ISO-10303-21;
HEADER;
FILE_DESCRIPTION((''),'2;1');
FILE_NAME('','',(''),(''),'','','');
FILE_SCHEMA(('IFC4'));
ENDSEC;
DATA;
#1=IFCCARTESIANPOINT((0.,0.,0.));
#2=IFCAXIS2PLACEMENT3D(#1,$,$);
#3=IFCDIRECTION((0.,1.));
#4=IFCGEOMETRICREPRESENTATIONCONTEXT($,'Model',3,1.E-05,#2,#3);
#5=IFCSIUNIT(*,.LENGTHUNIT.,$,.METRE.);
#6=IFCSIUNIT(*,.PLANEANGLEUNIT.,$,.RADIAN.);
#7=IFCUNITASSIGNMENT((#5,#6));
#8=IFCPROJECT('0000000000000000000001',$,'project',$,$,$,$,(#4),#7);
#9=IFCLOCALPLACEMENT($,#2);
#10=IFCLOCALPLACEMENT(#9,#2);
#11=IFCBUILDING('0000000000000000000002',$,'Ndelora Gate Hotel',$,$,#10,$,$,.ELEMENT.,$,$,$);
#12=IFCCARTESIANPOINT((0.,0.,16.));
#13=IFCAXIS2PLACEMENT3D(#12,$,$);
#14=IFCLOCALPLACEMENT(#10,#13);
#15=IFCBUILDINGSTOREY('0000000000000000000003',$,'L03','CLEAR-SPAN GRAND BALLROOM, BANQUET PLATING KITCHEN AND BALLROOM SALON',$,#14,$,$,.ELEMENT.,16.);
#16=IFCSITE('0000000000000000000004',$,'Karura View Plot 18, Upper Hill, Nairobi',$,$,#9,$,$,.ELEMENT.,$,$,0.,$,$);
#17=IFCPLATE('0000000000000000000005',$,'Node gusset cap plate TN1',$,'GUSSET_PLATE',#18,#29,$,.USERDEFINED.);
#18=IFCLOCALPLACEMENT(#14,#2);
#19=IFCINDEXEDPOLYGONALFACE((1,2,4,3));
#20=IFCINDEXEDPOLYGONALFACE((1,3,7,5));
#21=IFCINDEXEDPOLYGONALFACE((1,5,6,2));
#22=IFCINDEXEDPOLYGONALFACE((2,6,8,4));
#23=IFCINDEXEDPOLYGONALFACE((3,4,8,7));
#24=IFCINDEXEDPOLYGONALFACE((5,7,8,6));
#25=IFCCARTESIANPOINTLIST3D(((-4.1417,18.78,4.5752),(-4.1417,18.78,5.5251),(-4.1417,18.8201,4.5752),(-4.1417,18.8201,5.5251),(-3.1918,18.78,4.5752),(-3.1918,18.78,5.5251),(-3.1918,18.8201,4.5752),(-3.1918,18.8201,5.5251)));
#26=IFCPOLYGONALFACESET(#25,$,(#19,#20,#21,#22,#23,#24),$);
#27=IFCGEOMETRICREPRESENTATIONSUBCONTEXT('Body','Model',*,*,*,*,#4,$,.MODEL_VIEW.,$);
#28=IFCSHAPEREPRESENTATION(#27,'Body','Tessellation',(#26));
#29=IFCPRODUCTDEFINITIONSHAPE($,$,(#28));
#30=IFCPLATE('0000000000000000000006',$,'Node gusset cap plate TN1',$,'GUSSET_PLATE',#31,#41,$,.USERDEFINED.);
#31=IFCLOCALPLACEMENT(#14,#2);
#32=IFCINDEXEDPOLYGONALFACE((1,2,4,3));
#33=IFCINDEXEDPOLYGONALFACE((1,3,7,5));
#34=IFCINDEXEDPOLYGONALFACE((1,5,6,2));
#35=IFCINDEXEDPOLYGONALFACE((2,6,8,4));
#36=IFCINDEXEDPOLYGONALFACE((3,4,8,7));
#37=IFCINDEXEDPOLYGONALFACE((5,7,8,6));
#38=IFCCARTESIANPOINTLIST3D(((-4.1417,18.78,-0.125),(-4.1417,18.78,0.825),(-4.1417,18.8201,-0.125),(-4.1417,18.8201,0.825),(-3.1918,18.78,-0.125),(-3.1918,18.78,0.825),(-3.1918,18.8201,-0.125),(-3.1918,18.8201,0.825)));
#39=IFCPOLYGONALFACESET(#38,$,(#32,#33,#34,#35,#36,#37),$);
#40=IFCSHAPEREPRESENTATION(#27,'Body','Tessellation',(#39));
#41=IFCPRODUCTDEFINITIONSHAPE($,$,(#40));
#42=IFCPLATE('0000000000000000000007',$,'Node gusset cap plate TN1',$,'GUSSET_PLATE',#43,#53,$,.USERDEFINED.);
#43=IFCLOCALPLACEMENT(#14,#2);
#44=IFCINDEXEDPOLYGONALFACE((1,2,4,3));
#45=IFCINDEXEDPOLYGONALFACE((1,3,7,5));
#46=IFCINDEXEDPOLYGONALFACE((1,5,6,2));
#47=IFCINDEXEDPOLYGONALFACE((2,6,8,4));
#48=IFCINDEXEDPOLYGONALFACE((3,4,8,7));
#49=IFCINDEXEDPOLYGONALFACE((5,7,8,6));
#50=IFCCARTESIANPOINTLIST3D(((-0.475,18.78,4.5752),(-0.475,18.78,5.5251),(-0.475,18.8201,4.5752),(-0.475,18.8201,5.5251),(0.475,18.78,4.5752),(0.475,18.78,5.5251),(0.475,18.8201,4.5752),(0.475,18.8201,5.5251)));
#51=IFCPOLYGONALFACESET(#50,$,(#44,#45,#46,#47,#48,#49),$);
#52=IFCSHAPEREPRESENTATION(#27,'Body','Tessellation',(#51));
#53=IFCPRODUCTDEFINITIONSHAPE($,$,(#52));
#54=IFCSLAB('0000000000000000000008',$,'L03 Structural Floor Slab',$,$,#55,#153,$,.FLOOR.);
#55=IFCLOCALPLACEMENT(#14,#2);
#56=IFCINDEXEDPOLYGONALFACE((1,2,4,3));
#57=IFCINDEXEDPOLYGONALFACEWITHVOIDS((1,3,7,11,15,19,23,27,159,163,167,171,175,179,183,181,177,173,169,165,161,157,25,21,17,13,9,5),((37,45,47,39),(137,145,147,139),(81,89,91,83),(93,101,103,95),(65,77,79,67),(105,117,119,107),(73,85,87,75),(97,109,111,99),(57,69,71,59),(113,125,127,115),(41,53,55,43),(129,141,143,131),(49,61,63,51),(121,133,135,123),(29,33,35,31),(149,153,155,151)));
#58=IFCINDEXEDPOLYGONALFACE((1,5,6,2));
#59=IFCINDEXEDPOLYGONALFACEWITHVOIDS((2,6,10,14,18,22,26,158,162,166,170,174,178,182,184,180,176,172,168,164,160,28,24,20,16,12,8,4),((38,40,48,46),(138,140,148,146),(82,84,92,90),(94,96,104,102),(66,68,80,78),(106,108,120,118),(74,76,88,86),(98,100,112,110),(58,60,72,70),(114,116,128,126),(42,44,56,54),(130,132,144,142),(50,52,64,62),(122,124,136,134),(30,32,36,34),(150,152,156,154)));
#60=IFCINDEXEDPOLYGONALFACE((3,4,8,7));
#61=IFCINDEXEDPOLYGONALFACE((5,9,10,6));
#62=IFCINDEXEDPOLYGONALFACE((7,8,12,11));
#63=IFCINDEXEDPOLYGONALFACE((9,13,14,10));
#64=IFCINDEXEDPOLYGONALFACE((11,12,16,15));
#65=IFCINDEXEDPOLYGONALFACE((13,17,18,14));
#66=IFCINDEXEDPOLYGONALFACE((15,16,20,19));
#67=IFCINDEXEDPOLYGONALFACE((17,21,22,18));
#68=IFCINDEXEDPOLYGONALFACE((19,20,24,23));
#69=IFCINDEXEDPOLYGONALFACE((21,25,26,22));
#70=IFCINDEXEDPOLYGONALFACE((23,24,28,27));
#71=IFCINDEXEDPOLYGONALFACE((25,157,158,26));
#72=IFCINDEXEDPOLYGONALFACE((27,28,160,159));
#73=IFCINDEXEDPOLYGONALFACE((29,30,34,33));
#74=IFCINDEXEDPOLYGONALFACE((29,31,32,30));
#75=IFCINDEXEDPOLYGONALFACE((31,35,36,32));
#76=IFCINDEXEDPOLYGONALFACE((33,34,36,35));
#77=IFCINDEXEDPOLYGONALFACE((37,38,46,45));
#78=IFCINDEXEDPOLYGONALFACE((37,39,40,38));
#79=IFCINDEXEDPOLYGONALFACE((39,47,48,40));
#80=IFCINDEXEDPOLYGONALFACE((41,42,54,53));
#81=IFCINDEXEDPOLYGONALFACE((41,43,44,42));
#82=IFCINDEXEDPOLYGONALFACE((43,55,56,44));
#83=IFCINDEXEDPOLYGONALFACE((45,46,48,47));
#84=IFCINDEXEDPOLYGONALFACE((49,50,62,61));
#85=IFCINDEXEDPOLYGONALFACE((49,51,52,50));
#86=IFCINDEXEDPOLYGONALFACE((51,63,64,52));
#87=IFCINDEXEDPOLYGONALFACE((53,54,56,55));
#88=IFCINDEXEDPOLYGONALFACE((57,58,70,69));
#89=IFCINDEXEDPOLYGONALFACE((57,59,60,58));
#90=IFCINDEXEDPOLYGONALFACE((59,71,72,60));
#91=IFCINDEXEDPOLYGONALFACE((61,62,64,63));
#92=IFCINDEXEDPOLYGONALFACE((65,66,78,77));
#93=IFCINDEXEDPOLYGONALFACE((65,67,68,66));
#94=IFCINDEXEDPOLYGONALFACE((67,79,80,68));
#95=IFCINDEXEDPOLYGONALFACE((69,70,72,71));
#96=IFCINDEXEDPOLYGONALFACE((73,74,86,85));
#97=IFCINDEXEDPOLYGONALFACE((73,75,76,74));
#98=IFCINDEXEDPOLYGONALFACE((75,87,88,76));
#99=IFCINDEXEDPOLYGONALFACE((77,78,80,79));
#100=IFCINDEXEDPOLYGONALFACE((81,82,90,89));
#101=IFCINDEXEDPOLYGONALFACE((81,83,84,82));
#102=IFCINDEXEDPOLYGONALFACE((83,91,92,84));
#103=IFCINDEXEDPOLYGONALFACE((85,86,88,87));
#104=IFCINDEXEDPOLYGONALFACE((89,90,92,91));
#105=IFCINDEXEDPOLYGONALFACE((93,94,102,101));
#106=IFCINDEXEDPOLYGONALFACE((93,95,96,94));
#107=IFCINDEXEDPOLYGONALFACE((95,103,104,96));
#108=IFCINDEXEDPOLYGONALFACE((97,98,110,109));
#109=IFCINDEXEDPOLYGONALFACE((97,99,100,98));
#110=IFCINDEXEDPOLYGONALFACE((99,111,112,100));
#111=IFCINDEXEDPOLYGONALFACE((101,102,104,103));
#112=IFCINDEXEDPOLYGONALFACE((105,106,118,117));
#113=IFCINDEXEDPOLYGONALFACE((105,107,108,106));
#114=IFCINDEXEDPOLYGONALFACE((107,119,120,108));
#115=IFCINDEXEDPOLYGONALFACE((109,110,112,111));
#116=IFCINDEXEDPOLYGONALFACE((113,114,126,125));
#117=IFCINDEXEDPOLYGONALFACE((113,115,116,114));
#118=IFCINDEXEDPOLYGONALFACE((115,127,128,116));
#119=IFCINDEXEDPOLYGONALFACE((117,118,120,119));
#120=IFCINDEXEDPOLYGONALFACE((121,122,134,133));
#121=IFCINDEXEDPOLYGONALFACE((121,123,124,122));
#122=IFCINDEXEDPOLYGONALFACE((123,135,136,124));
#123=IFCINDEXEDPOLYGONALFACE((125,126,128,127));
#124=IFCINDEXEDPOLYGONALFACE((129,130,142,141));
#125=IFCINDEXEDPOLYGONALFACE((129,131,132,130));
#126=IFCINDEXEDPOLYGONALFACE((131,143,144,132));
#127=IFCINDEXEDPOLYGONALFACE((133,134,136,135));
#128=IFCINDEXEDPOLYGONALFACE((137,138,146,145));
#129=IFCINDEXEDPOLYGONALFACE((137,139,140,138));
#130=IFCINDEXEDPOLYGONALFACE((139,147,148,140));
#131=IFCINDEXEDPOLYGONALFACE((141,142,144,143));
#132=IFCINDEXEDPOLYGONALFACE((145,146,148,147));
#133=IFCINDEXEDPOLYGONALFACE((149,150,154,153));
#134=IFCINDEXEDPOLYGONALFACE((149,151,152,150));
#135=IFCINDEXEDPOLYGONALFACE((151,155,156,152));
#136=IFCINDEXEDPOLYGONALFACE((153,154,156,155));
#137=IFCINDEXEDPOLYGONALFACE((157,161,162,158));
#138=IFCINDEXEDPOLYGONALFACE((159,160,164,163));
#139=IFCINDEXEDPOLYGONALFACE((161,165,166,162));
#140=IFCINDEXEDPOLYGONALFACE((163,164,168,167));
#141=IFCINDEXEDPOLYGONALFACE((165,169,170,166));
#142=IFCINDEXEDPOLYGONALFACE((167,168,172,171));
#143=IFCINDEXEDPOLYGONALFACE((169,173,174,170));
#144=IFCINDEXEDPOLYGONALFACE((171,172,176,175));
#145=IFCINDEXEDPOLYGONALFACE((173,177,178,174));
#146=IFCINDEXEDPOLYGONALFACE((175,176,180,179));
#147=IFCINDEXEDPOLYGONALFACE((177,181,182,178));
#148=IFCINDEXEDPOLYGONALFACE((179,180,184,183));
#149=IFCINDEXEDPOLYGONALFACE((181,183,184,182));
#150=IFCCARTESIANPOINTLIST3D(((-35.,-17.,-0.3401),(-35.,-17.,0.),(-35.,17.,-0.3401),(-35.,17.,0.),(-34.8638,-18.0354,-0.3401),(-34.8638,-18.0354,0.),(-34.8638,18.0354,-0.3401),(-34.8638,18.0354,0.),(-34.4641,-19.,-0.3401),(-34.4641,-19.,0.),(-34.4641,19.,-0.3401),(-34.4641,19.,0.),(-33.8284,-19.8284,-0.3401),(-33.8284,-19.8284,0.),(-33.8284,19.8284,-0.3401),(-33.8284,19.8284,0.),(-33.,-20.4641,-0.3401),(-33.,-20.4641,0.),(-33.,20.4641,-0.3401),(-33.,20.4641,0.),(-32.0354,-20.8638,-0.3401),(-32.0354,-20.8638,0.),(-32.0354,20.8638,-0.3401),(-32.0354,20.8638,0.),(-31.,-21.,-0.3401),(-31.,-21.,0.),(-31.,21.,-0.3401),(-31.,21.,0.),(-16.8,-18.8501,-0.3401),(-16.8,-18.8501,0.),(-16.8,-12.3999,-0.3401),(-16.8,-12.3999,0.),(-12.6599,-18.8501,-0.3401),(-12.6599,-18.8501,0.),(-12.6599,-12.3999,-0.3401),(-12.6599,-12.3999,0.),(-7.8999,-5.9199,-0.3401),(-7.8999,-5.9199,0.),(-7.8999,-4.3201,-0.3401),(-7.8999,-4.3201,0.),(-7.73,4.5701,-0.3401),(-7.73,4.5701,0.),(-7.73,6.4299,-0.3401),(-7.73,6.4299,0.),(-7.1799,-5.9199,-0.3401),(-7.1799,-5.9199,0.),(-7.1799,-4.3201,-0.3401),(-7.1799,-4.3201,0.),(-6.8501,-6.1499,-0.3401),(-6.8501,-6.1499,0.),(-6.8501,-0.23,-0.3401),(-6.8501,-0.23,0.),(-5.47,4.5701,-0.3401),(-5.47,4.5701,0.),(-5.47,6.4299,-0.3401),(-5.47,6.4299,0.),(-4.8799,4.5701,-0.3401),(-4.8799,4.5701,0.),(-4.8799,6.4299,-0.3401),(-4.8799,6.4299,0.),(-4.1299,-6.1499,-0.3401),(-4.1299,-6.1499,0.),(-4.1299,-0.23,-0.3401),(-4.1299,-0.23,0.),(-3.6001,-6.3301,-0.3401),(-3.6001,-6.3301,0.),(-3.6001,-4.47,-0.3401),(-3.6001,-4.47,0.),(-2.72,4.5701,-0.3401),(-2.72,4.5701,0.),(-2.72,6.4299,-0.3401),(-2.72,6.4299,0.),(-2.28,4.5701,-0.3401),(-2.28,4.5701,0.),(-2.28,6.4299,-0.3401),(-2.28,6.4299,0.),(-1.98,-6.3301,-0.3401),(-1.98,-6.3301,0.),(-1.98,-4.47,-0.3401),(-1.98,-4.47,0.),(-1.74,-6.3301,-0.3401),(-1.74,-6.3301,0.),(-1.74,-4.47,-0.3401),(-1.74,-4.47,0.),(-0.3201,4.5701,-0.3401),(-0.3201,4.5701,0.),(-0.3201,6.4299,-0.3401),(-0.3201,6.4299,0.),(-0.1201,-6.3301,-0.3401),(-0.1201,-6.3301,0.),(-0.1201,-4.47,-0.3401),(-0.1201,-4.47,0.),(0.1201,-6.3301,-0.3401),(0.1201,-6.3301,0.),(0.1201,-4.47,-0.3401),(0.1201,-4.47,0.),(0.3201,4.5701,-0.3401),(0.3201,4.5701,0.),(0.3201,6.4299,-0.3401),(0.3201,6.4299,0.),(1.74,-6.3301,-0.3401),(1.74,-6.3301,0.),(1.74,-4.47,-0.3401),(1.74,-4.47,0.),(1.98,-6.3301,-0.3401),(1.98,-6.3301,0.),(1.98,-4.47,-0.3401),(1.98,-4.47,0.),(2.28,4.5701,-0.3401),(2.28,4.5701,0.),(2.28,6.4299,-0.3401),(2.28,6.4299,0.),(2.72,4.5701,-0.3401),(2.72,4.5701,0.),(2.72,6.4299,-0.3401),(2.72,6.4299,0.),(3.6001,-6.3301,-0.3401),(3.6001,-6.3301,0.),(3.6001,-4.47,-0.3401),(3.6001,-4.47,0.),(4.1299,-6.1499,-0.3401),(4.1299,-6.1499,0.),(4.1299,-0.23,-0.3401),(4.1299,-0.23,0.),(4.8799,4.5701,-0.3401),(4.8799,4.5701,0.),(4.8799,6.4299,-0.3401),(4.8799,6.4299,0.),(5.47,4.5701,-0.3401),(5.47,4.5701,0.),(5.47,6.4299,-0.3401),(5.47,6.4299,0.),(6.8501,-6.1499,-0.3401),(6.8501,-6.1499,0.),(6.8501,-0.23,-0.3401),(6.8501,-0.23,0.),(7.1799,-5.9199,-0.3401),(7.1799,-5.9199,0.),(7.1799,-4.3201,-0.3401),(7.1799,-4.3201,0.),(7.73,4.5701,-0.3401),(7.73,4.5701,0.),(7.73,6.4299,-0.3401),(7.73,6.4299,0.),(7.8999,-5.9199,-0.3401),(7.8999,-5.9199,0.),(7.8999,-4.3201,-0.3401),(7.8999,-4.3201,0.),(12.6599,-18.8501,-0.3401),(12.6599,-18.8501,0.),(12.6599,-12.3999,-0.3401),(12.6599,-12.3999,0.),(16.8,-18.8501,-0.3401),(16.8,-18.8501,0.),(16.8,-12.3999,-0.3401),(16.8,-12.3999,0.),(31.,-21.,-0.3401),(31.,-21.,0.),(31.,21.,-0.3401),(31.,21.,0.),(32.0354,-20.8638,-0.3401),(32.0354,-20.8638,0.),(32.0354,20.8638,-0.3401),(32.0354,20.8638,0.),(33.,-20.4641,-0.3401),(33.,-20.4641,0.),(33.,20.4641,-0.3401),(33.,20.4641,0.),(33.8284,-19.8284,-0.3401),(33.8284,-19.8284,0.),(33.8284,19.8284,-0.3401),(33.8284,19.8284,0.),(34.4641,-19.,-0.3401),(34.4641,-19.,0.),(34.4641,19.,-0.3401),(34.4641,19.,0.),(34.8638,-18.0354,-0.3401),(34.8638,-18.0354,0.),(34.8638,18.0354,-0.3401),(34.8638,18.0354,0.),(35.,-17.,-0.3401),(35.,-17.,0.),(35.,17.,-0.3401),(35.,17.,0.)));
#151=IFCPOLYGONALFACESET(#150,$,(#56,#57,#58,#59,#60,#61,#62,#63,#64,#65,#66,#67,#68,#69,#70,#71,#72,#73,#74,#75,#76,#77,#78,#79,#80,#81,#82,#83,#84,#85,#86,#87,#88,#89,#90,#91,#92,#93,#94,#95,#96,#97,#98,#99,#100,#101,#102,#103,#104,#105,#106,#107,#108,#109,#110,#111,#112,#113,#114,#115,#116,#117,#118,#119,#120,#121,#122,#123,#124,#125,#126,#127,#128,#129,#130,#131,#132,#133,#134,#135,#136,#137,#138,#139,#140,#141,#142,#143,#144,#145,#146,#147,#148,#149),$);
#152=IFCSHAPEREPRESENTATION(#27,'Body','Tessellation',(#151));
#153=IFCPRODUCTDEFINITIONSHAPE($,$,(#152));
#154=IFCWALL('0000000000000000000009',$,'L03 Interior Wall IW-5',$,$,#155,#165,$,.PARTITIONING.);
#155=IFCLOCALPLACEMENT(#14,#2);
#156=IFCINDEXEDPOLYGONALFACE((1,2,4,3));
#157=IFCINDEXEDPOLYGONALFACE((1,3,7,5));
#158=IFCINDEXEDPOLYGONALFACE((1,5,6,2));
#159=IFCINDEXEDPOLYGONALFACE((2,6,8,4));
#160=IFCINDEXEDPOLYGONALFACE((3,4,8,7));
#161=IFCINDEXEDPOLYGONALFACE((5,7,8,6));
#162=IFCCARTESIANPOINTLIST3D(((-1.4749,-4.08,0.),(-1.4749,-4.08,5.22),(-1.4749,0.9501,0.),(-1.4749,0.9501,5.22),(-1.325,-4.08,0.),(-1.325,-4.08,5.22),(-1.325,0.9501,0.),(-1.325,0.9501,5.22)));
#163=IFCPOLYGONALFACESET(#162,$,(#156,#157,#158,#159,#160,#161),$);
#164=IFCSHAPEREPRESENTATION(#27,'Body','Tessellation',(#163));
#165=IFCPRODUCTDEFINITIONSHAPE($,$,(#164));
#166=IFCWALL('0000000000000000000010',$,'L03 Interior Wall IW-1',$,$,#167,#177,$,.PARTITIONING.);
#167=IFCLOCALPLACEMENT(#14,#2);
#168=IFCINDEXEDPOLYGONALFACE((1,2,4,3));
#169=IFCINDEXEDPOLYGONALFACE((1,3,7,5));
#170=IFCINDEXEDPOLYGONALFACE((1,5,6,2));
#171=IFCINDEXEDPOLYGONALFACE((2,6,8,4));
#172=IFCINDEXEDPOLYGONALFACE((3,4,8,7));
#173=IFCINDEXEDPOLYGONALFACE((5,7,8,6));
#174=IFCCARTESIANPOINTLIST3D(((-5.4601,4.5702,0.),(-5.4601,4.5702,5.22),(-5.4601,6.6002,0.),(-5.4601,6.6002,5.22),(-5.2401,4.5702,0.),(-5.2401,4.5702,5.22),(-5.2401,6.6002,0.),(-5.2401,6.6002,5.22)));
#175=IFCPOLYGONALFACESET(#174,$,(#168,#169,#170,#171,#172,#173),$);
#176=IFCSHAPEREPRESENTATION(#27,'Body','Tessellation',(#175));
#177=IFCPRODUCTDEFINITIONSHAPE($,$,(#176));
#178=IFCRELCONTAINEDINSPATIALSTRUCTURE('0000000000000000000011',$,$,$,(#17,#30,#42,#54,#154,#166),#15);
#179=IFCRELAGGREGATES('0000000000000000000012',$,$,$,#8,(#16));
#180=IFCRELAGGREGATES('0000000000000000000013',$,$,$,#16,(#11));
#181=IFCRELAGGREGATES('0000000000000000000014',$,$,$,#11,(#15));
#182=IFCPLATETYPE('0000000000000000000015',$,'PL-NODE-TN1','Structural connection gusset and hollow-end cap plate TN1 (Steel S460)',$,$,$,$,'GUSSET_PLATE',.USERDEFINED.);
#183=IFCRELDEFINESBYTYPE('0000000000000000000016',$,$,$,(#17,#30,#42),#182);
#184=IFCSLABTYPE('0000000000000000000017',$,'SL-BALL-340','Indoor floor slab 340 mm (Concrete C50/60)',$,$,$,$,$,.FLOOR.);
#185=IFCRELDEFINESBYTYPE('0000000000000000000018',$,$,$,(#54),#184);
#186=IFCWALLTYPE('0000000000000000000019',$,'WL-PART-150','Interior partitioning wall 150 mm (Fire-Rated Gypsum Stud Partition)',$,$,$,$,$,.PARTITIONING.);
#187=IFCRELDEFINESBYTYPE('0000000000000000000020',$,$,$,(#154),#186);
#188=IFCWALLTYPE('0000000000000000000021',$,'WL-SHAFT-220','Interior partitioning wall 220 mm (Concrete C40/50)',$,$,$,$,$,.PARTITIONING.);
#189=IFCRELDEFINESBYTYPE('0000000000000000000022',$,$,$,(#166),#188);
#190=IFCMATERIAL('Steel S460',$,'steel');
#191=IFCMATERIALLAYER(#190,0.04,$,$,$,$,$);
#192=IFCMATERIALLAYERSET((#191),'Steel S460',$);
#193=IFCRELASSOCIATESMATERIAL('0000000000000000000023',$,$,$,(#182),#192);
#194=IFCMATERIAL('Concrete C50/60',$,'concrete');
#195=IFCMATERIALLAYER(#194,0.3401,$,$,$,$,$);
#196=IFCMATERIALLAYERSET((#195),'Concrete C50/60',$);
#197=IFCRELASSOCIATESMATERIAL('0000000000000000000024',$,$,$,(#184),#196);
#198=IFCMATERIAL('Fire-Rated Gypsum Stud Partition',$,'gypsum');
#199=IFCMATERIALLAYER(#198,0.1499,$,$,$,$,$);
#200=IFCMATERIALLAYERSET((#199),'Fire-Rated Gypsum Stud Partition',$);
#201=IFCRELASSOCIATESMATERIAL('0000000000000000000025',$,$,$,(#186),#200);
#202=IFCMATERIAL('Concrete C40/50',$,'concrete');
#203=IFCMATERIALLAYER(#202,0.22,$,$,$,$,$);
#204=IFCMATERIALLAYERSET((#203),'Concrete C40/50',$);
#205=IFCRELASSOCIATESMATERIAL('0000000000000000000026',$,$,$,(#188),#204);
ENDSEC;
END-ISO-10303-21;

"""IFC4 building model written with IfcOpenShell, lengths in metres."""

from ifc_helpers import new_model, si_unit, direction, frame, frame_2d, origin, origin_2d, place, context, subcontext, project, spatial, polyline, rectangle, outline, extrude, material, layer, layer_set, type_object, element, save


model = new_model("IFC4")

# Units and contexts
model_context = context("Model", 3, precision=1e-05, world=origin(), true_north=direction((0.0, 1.0)))
body_context = subcontext(model_context, "Body", "Model", "MODEL_VIEW")
ifc_project = project(units=[si_unit("LENGTHUNIT", "METRE"), si_unit("PLANEANGLEUNIT", "RADIAN")], contexts=[model_context])

# Site, building, storey
site_placement = place(None, origin())
site = spatial("IfcSite", under=ifc_project, at=site_placement, Name="Karura View Plot 18, Upper Hill, Nairobi", CompositionType="ELEMENT", RefElevation=0.0)
building_placement = place(site_placement, origin())
building = spatial("IfcBuilding", under=site, at=building_placement, Name="Ndelora Gate Hotel", CompositionType="ELEMENT")
storey_placement = place(building_placement, frame((0.0, 0.0, 16.0)))
storey = spatial("IfcBuildingStorey", under=building, at=storey_placement, Name="L03", Description="CLEAR-SPAN GRAND BALLROOM, BANQUET PLATING KITCHEN AND BALLROOM SALON", CompositionType="ELEMENT", Elevation=16.0)

# Shared definitions
ifc_material_1 = material(Name="Concrete C50/60", Category="concrete")

# Shared definitions
ifc_material_2 = material(Name="Steel S460", Category="steel")

# Plates
ifc_layer_1 = layer(ifc_material_2, 0.04)
ifc_layer_set_1 = layer_set([ifc_layer_1], Name="Steel S460")
plate_type = type_object("IfcPlateType", Name="PL-NODE-TN1", Description="Structural connection gusset and hollow-end cap plate TN1 (Steel S460)", ElementType="GUSSET_PLATE", PredefinedType="USERDEFINED", material=ifc_layer_set_1)
for number, where, z_axis, x_axis, name in (
    (1, (-3.6667, 18.8, 4.5752), (0.0, 0.0, 1.0), (1.0, 0.0, 0.0), "Node gusset cap plate TN1"),
    (2, (-3.6667, 18.8, -0.125), (0.0, 0.0, 1.0), (1.0, 0.0, 0.0), "Node gusset cap plate TN1"),
    (3, (0.0, 18.8, 4.5752), (0.0, 0.0, 1.0), (1.0, 0.0, 0.0), "Node gusset cap plate TN1"),
):
    element("IfcPlate", number, at=place(storey_placement, frame(where, z_axis=z_axis, x_axis=x_axis)), inside=storey, type_object=plate_type, Name=name, ObjectType="GUSSET_PLATE", PredefinedType="USERDEFINED", context=body_context, shape_type="SweptSolid", body=[
        extrude(rectangle(XDim=0.95, YDim=0.04, at=origin_2d()), origin(), (0.0, 0.0, 1.0), 0.95),
    ])

# Slab
ifc_layer_2 = layer(ifc_material_1, 0.3401)
ifc_layer_set_2 = layer_set([ifc_layer_2], Name="Concrete C50/60")
slab_type = type_object("IfcSlabType", Name="SL-BALL-340", Description="Indoor floor slab 340 mm (Concrete C50/60)", PredefinedType="FLOOR", material=ifc_layer_set_2)
slab_placement = place(storey_placement, frame((0.0, 0.0, -0.3401)))
element("IfcSlab", 4, at=slab_placement, inside=storey, type_object=slab_type, Name="L03 Structural Floor Slab", PredefinedType="FLOOR", context=body_context, shape_type="SweptSolid", body=[
    extrude(outline(polyline([(31.0, -21.0), (32.0354, -20.8638), (33.0, -20.4641), (33.8284, -19.8284), (34.4641, -19.0), (34.8638, -18.0354), (35.0, -17.0), (35.0, 17.0), (34.8638, 18.0354), (34.4641, 19.0), (33.8284, 19.8284), (33.0, 20.4641), (32.0354, 20.8638), (31.0, 21.0), (-31.0, 21.0), (-32.0354, 20.8638), (-33.0, 20.4641), (-33.8284, 19.8284), (-34.4641, 19.0), (-34.8638, 18.0354), (-35.0, 17.0), (-35.0, -17.0), (-34.8638, -18.0354), (-34.4641, -19.0), (-33.8284, -19.8284), (-33.0, -20.4641), (-32.0354, -20.8638), (-31.0, -21.0), (31.0, -21.0)]), holes=[polyline([(-6.8501, -0.23), (-6.8501, -6.1499), (-4.1299, -6.1499), (-4.1299, -0.23), (-6.8501, -0.23)]), polyline([(4.1299, -0.23), (4.1299, -6.1499), (6.8501, -6.1499), (6.8501, -0.23), (4.1299, -0.23)]), polyline([(-16.8, -12.3999), (-16.8, -18.8501), (-12.6599, -18.8501), (-12.6599, -12.3999), (-16.8, -12.3999)]), polyline([(12.6599, -12.3999), (12.6599, -18.8501), (16.8, -18.8501), (16.8, -12.3999), (12.6599, -12.3999)]), polyline([(-7.73, 4.5701), (-5.47, 4.5701), (-5.47, 6.4299), (-7.73, 6.4299), (-7.73, 4.5701)]), polyline([(5.47, 4.5701), (7.73, 4.5701), (7.73, 6.4299), (5.47, 6.4299), (5.47, 4.5701)]), polyline([(-4.8799, 4.5701), (-2.72, 4.5701), (-2.72, 6.4299), (-4.8799, 6.4299), (-4.8799, 4.5701)]), polyline([(2.72, 4.5701), (4.8799, 4.5701), (4.8799, 6.4299), (2.72, 6.4299), (2.72, 4.5701)]), polyline([(-3.6001, -6.3301), (-1.98, -6.3301), (-1.98, -4.47), (-3.6001, -4.47), (-3.6001, -6.3301)]), polyline([(-1.74, -6.3301), (-0.1201, -6.3301), (-0.1201, -4.47), (-1.74, -4.47), (-1.74, -6.3301)]), polyline([(0.1201, -6.3301), (1.74, -6.3301), (1.74, -4.47), (0.1201, -4.47), (0.1201, -6.3301)]), polyline([(1.98, -6.3301), (3.6001, -6.3301), (3.6001, -4.47), (1.98, -4.47), (1.98, -6.3301)]), polyline([(-2.28, 4.5701), (-0.3201, 4.5701), (-0.3201, 6.4299), (-2.28, 6.4299), (-2.28, 4.5701)]), polyline([(0.3201, 4.5701), (2.28, 4.5701), (2.28, 6.4299), (0.3201, 6.4299), (0.3201, 4.5701)]), polyline([(-7.8999, -5.9199), (-7.1799, -5.9199), (-7.1799, -4.3201), (-7.8999, -4.3201), (-7.8999, -5.9199)]), polyline([(7.1799, -5.9199), (7.8999, -5.9199), (7.8999, -4.3201), (7.1799, -4.3201), (7.1799, -5.9199)])]), origin(), (0.0, 0.0, 1.0), 0.3401),
])

# Shared definitions
ifc_material_3 = material(Name="Concrete C40/50", Category="concrete")

# Walls
ifc_material_4 = material(Name="Fire-Rated Gypsum Stud Partition", Category="gypsum")
ifc_layer_3 = layer(ifc_material_4, 0.1499)
ifc_layer_set_3 = layer_set([ifc_layer_3], Name="Fire-Rated Gypsum Stud Partition")
wall_type_1 = type_object("IfcWallType", Name="WL-PART-150", Description="Interior partitioning wall 150 mm (Fire-Rated Gypsum Stud Partition)", PredefinedType="PARTITIONING", material=ifc_layer_set_3)
wall_1_placement = place(storey_placement, frame((-1.3999, -4.0801, 0.0), z_axis=(0.0, 0.0, 1.0), x_axis=(0.0, 1.0, 0.0)))
element("IfcWall", 5, at=wall_1_placement, inside=storey, type_object=wall_type_1, Name="L03 Interior Wall IW-5", PredefinedType="PARTITIONING", context=body_context, shape_type="SweptSolid", body=[
    extrude(rectangle(XDim=5.03, YDim=0.1499, at=frame_2d((2.5151, 0.0))), origin(), (0.0, 0.0, 1.0), 5.22),
])
ifc_layer_4 = layer(ifc_material_3, 0.22)
ifc_layer_set_4 = layer_set([ifc_layer_4], Name="Concrete C40/50")
wall_type_2 = type_object("IfcWallType", Name="WL-SHAFT-220", Description="Interior partitioning wall 220 mm (Concrete C40/50)", PredefinedType="PARTITIONING", material=ifc_layer_set_4)
wall_2_placement = place(storey_placement, frame((-5.3501, 4.5701, 0.0), z_axis=(0.0, 0.0, 1.0), x_axis=(0.0, 1.0, 0.0)))
element("IfcWall", 6, at=wall_2_placement, inside=storey, type_object=wall_type_2, Name="L03 Interior Wall IW-1", PredefinedType="PARTITIONING", context=body_context, shape_type="SweptSolid", body=[
    extrude(rectangle(XDim=2.03, YDim=0.22, at=frame_2d((1.0151, 0.0))), origin(), (0.0, 0.0, 1.0), 5.22),
])

save(model, "model.ifc")
